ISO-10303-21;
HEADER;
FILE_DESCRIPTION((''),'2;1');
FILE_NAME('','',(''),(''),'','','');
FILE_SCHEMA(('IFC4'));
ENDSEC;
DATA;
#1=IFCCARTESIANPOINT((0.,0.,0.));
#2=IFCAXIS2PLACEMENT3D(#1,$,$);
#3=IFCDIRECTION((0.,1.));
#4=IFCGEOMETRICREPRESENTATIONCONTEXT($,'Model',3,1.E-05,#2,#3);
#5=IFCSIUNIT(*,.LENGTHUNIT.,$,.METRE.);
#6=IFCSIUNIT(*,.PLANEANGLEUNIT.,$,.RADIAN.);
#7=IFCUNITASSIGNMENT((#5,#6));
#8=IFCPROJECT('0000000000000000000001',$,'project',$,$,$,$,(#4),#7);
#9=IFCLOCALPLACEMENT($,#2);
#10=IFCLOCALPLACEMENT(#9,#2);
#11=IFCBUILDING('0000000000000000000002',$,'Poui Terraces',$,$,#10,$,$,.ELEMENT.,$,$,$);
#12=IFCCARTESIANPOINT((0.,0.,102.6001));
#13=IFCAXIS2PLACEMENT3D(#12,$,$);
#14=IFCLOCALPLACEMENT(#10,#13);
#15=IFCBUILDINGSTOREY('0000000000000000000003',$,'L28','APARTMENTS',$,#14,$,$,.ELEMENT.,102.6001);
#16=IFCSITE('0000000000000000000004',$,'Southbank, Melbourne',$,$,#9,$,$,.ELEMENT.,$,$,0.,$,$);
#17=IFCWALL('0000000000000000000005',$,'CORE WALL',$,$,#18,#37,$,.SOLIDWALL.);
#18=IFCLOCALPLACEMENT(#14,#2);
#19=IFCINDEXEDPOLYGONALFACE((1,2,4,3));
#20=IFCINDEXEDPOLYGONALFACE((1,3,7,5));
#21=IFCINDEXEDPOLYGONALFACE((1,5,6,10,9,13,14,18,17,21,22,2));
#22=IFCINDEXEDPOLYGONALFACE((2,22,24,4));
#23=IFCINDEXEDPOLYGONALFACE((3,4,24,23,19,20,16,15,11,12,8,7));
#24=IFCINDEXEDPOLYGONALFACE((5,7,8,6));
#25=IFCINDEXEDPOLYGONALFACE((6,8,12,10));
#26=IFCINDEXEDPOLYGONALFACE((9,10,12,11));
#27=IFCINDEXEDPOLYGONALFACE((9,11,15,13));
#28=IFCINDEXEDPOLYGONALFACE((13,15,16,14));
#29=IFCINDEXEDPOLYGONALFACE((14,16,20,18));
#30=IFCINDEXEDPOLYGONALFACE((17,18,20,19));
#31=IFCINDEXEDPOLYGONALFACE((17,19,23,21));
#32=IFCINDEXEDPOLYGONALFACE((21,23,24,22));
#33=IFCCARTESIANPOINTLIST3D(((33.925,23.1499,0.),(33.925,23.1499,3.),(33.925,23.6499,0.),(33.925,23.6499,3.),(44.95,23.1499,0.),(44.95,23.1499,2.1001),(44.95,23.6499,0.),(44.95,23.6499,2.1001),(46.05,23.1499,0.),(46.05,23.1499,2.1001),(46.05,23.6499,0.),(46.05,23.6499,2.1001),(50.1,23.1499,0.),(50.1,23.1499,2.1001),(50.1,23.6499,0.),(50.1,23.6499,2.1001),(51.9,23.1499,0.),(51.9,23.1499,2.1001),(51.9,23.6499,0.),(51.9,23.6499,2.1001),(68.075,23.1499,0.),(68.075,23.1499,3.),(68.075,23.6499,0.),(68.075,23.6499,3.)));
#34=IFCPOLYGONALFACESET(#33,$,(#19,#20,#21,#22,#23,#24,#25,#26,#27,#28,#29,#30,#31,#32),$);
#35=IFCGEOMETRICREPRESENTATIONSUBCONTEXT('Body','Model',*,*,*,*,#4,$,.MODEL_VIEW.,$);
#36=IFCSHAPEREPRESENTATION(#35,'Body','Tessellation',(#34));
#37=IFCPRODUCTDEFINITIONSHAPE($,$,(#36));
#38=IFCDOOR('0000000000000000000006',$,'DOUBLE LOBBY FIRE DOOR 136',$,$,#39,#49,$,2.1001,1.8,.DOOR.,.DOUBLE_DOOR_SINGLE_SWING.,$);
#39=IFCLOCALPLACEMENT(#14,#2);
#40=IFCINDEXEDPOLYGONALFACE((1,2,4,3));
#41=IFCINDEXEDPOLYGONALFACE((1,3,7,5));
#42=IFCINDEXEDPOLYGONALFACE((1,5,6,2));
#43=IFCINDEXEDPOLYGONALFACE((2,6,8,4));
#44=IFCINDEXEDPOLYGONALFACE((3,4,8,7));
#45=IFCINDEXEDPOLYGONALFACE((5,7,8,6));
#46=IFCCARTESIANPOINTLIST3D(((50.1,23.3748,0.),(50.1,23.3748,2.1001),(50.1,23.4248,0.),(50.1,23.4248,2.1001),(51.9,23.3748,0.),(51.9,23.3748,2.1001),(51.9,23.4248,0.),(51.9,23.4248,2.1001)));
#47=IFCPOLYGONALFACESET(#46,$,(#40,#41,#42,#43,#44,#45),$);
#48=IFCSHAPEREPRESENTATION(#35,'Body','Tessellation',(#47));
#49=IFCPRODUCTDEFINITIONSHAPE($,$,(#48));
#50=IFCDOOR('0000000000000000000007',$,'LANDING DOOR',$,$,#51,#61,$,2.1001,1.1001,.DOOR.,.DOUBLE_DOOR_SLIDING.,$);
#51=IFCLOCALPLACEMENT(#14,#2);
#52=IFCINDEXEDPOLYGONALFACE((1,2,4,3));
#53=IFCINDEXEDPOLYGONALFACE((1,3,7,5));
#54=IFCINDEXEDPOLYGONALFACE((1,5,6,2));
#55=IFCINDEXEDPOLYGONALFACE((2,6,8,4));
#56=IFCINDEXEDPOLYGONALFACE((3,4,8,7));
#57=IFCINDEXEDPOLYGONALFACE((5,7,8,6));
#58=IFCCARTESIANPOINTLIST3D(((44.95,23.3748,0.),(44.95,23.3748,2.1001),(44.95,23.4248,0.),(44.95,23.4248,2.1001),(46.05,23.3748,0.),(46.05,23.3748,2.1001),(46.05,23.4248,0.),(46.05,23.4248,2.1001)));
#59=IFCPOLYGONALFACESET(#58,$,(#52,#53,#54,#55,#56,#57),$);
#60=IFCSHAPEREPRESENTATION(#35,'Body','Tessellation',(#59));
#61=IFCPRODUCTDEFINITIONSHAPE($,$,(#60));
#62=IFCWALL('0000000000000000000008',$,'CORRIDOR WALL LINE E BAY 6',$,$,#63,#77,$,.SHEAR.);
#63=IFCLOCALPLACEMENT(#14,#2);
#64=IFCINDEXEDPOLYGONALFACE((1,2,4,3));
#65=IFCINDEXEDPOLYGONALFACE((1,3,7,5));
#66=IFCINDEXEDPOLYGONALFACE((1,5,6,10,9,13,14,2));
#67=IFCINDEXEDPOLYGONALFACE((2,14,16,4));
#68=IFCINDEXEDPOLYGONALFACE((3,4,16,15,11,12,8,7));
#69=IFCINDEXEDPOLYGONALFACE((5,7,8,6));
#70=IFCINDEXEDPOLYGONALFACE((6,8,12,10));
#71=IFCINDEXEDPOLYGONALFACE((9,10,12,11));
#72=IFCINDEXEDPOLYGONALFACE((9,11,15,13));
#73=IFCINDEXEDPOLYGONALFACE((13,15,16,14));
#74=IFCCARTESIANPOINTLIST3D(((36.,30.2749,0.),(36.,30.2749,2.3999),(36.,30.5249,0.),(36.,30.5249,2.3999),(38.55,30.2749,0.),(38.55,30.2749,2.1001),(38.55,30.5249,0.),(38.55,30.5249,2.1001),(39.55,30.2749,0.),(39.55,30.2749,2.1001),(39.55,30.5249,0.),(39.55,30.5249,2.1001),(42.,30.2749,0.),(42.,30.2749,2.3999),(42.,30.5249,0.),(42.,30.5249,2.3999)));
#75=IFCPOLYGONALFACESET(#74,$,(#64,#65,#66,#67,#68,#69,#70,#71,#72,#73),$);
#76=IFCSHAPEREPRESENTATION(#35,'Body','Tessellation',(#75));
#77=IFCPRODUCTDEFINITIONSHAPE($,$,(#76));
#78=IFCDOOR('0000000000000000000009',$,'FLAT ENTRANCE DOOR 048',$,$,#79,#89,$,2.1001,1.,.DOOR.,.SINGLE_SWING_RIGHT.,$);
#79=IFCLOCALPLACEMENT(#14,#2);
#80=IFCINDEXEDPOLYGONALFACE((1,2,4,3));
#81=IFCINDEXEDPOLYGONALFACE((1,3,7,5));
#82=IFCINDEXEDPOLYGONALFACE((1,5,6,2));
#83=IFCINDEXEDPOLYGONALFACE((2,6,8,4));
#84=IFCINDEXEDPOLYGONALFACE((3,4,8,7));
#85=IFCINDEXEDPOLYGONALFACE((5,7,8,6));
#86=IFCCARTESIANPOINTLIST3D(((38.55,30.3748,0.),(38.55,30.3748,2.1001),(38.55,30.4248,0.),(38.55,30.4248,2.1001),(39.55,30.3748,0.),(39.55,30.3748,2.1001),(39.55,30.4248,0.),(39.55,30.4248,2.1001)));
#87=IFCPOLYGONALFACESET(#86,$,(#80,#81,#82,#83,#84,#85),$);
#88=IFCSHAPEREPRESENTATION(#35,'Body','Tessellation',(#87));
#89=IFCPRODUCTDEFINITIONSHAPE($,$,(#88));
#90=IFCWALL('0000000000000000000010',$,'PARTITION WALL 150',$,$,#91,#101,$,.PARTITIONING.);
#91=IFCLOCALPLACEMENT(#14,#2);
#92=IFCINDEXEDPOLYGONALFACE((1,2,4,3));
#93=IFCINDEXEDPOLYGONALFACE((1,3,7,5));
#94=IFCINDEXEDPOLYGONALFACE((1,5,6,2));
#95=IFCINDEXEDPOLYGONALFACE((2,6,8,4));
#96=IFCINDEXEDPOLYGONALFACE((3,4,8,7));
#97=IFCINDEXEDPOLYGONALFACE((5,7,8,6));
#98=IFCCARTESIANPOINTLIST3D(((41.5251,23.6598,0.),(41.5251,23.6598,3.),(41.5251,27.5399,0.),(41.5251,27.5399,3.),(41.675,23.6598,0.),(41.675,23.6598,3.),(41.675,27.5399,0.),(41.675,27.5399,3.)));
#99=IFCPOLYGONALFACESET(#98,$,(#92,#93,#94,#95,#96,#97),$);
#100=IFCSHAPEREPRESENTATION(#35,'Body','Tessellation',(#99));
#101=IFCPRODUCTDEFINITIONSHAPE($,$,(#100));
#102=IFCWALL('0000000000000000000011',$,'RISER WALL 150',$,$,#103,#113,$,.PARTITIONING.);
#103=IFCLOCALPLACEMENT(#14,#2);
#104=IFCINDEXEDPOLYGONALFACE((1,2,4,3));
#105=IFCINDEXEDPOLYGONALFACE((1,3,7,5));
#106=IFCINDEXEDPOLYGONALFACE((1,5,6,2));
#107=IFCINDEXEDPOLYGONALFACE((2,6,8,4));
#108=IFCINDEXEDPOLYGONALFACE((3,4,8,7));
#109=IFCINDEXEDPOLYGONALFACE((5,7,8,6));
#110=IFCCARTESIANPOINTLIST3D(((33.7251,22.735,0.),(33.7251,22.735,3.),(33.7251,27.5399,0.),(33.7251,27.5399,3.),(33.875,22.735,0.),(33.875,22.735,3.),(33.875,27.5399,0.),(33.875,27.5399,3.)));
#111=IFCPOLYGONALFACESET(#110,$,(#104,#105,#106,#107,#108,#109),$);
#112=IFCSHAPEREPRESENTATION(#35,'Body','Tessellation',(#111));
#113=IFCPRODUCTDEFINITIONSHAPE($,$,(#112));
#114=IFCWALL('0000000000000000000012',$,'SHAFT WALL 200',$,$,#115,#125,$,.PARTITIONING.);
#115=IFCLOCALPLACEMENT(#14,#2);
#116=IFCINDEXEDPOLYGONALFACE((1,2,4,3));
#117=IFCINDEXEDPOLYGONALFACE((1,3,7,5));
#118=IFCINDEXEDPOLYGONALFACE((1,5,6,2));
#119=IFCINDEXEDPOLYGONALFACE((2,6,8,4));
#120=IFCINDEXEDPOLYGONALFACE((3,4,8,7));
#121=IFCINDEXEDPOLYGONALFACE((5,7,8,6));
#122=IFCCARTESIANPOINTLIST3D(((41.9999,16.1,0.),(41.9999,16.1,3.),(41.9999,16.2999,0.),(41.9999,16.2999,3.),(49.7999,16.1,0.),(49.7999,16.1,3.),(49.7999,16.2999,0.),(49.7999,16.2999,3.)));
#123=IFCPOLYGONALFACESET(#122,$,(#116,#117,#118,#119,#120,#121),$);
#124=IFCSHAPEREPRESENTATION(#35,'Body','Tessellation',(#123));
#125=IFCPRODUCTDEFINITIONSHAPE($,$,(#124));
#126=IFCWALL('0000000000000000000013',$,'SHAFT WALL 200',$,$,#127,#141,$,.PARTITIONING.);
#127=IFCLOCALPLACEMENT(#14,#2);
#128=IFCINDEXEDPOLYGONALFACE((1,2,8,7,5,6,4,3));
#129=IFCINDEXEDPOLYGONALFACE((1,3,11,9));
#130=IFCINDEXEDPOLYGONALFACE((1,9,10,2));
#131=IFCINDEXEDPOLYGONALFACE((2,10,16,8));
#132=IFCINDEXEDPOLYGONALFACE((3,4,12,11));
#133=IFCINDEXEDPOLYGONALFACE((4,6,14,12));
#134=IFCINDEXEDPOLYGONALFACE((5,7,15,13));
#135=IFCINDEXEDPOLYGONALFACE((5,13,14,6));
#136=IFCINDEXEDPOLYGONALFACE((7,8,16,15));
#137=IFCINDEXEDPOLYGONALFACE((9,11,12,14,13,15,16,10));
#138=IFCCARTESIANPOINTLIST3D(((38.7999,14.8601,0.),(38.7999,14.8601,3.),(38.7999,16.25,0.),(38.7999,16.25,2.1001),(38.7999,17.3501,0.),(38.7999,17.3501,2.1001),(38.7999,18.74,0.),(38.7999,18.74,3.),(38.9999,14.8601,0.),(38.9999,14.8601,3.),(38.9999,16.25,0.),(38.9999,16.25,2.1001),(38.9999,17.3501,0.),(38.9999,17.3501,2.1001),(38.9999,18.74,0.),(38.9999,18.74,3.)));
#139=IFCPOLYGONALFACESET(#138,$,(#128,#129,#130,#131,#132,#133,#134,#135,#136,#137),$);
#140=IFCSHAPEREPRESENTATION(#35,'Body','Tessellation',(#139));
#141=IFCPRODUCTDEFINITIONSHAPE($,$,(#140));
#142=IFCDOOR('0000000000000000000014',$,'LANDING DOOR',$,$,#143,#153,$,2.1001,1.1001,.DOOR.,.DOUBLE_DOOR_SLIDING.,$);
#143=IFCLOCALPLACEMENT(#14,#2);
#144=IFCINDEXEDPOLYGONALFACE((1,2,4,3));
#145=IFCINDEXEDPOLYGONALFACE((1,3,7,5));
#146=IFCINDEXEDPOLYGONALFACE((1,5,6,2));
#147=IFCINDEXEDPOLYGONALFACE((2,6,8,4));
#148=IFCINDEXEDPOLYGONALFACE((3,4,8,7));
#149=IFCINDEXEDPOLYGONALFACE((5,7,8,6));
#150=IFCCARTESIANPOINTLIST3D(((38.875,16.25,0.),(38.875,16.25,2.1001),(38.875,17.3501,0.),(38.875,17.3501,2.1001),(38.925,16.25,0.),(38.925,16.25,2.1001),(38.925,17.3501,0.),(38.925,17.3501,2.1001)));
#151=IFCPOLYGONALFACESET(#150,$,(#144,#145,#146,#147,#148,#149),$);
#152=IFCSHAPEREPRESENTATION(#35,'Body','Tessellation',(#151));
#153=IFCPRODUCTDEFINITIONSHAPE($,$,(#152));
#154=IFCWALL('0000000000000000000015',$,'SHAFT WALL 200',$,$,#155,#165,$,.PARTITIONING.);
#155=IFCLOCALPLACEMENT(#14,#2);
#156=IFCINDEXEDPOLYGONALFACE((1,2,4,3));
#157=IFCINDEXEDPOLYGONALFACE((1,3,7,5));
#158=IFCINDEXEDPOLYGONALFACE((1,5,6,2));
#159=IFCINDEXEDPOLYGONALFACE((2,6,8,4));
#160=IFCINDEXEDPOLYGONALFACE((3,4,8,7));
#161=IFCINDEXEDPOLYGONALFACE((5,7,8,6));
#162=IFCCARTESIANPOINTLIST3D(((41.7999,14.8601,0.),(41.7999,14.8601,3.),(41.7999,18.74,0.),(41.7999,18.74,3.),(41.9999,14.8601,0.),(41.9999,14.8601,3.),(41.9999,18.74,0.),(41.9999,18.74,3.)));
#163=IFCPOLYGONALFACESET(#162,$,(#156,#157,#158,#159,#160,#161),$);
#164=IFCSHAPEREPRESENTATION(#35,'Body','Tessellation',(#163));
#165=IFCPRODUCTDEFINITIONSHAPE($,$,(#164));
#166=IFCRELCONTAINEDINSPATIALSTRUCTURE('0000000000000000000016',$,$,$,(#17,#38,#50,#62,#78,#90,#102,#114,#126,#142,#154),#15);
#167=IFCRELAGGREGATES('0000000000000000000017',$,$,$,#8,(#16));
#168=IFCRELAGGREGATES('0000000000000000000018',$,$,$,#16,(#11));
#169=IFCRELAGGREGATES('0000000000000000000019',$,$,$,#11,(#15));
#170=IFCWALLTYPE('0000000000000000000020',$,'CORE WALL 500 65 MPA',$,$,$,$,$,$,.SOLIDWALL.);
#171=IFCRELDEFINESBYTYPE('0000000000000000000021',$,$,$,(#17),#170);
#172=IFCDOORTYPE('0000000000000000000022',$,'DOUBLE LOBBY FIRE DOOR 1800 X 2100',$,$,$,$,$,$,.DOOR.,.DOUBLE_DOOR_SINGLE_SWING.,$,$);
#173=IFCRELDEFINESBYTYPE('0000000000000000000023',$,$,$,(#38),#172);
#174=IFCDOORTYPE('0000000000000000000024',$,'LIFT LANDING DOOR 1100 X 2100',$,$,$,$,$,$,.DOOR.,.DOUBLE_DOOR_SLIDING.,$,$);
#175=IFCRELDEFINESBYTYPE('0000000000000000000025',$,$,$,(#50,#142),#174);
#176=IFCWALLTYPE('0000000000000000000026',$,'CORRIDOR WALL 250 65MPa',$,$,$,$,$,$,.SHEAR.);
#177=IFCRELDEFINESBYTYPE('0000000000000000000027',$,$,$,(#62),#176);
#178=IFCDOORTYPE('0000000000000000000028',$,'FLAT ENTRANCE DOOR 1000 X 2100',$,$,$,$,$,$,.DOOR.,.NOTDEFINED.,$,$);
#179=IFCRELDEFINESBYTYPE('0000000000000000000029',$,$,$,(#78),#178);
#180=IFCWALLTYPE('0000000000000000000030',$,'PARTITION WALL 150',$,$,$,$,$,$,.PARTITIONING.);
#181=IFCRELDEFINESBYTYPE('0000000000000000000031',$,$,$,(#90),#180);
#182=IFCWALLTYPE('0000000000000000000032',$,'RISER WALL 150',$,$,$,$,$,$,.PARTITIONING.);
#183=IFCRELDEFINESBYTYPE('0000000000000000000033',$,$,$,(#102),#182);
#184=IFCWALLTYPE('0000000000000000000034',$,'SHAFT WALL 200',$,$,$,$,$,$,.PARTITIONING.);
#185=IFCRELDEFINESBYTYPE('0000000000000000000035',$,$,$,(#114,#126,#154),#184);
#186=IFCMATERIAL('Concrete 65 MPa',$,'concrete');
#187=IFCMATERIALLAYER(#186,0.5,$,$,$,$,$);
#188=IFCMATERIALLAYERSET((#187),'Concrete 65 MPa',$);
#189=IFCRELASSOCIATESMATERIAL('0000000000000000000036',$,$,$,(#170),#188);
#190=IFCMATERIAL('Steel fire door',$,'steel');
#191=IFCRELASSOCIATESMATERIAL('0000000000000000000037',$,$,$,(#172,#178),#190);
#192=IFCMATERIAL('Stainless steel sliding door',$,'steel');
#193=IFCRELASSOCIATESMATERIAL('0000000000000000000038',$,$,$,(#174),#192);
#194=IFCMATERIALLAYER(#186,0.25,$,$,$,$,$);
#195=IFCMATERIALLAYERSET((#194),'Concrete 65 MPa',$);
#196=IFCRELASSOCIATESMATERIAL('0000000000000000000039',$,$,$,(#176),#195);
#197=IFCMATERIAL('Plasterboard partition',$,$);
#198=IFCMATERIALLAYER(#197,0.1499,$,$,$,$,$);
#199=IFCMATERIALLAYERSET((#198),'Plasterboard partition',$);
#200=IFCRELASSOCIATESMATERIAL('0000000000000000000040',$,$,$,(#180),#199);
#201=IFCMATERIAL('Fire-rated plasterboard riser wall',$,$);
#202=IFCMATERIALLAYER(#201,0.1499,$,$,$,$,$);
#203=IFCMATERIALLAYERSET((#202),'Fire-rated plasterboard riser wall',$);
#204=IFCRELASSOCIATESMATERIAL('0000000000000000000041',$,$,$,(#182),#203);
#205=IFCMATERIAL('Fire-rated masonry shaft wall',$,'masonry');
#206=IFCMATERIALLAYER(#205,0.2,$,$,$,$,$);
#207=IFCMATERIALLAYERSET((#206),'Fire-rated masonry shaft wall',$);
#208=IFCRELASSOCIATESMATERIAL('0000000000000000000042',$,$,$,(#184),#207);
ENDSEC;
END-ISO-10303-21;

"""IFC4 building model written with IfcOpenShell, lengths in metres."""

from ifc_helpers import new_model, si_unit, direction, frame, frame_2d, origin, place, context, subcontext, project, spatial, rectangle, extrude, material, layer, layer_set, type_object, element, fill, save


model = new_model("IFC4")

# Units and contexts
model_context = context("Model", 3, precision=1e-05, world=origin(), true_north=direction((0.0, 1.0)))
body_context = subcontext(model_context, "Body", "Model", "MODEL_VIEW")
ifc_project = project(units=[si_unit("LENGTHUNIT", "METRE"), si_unit("PLANEANGLEUNIT", "RADIAN")], contexts=[model_context])

# Site, building, storey
site_placement = place(None, origin())
site = spatial("IfcSite", under=ifc_project, at=site_placement, Name="Southbank, Melbourne", CompositionType="ELEMENT", RefElevation=0.0)
building_placement = place(site_placement, origin())
building = spatial("IfcBuilding", under=site, at=building_placement, Name="Poui Terraces", CompositionType="ELEMENT")
storey_placement = place(building_placement, frame((0.0, 0.0, 102.6001)))
storey = spatial("IfcBuildingStorey", under=building, at=storey_placement, Name="L28", Description="APARTMENTS", CompositionType="ELEMENT", Elevation=102.6001)

# Wall, openings, doors
ifc_material_1 = material(Name="Concrete 65 MPa", Category="concrete")
ifc_layer_1 = layer(ifc_material_1, 0.5)
ifc_layer_set_1 = layer_set([ifc_layer_1], Name="Concrete 65 MPa")
wall_type_1 = type_object("IfcWallType", Name="CORE WALL 500 65 MPA", PredefinedType="SOLIDWALL", material=ifc_layer_set_1)
ifc_material_2 = material(Name="Steel fire door", Category="steel")
door_type_1 = type_object("IfcDoorType", Name="DOUBLE LOBBY FIRE DOOR 1800 X 2100", OperationType="DOUBLE_DOOR_SINGLE_SWING", PredefinedType="DOOR", material=ifc_material_2)
ifc_material_3 = material(Name="Stainless steel sliding door", Category="steel")
door_type_2 = type_object("IfcDoorType", Name="LIFT LANDING DOOR 1100 X 2100", OperationType="DOUBLE_DOOR_SLIDING", PredefinedType="DOOR", material=ifc_material_3)
wall_1_placement = place(storey_placement, frame((33.925, 23.3999, 0.0), z_axis=(0.0, 0.0, 1.0), x_axis=(1.0, 0.0, 0.0)))
wall_1 = element("IfcWall", 1, at=wall_1_placement, inside=storey, type_object=wall_type_1, Name="CORE WALL", PredefinedType="SOLIDWALL", context=body_context, shape_type="SweptSolid", body=[
    extrude(rectangle(XDim=34.1499, YDim=0.5, at=frame_2d((17.075, 0.0))), origin(), (0.0, 0.0, 1.0), 3.0),
])
opening_1_placement = place(wall_1_placement, frame((16.175, 0.0, 0.0)))
opening_1 = element("IfcOpeningElement", 2, at=opening_1_placement, cuts=wall_1, PredefinedType="OPENING", context=body_context, shape_type="SweptSolid", body=[
    extrude(rectangle(XDim=1.8, YDim=2.1001, at=frame_2d((0.8999, 1.05))), frame((0.0, 0.26, 0.0), z_axis=(0.0, -1.0, 0.0), x_axis=(1.0, 0.0, 0.0)), (0.0, 0.0, 1.0), 0.52),
])
opening_2_placement = place(wall_1_placement, frame((11.0249, 0.0, 0.0)))
opening_2 = element("IfcOpeningElement", 3, at=opening_2_placement, cuts=wall_1, PredefinedType="OPENING", context=body_context, shape_type="SweptSolid", body=[
    extrude(rectangle(XDim=1.1001, YDim=2.1001, at=frame_2d((0.55, 1.05))), frame((0.0, 0.26, 0.0), z_axis=(0.0, -1.0, 0.0), x_axis=(1.0, 0.0, 0.0)), (0.0, 0.0, 1.0), 0.52),
])
door_1_placement = place(opening_1_placement, origin())
door_1 = element("IfcDoor", 4, at=door_1_placement, inside=storey, type_object=door_type_1, Name="DOUBLE LOBBY FIRE DOOR 136", OperationType="DOUBLE_DOOR_SINGLE_SWING", OverallHeight=2.1001, OverallWidth=1.8, PredefinedType="DOOR", context=body_context, shape_type="SweptSolid", body=[
    extrude(rectangle(XDim=1.8, YDim=2.1001, at=frame_2d((0.8999, 1.05))), frame((0.0, 0.0249, 0.0), z_axis=(0.0, -1.0, 0.0), x_axis=(1.0, 0.0, 0.0)), (0.0, 0.0, 1.0), 0.05),
])
fill(opening_1, door_1)
door_2_placement = place(opening_2_placement, origin())
door_2 = element("IfcDoor", 5, at=door_2_placement, inside=storey, type_object=door_type_2, Name="LANDING DOOR", OperationType="DOUBLE_DOOR_SLIDING", OverallHeight=2.1001, OverallWidth=1.1001, PredefinedType="DOOR", context=body_context, shape_type="SweptSolid", body=[
    extrude(rectangle(XDim=1.1001, YDim=2.1001, at=frame_2d((0.55, 1.05))), frame((0.0, 0.0249, 0.0), z_axis=(0.0, -1.0, 0.0), x_axis=(1.0, 0.0, 0.0)), (0.0, 0.0, 1.0), 0.05),
])
fill(opening_2, door_2)

# Wall, opening, door
ifc_layer_2 = layer(ifc_material_1, 0.25)
ifc_layer_set_2 = layer_set([ifc_layer_2], Name="Concrete 65 MPa")
wall_type_2 = type_object("IfcWallType", Name="CORRIDOR WALL 250 65MPa", PredefinedType="SHEAR", material=ifc_layer_set_2)
wall_2_placement = place(storey_placement, frame((36.0, 30.3999, 0.0), z_axis=(0.0, 0.0, 1.0), x_axis=(1.0, 0.0, 0.0)))
wall_2 = element("IfcWall", 6, at=wall_2_placement, inside=storey, type_object=wall_type_2, Name="CORRIDOR WALL LINE E BAY 6", PredefinedType="SHEAR", context=body_context, shape_type="SweptSolid", body=[
    extrude(rectangle(XDim=6.0, YDim=0.25, at=frame_2d((3.0, 0.0))), origin(), (0.0, 0.0, 1.0), 2.3999),
])
opening_3_placement = place(wall_2_placement, frame((2.55, 0.0, 0.0)))
opening_3 = element("IfcOpeningElement", 7, at=opening_3_placement, cuts=wall_2, PredefinedType="OPENING", context=body_context, shape_type="SweptSolid", body=[
    extrude(rectangle(XDim=1.0, YDim=2.1001, at=frame_2d((0.5, 1.05))), frame((0.0, 0.135, 0.0), z_axis=(0.0, -1.0, 0.0), x_axis=(1.0, 0.0, 0.0)), (0.0, 0.0, 1.0), 0.27),
])
door_type_3 = type_object("IfcDoorType", Name="FLAT ENTRANCE DOOR 1000 X 2100", OperationType="NOTDEFINED", PredefinedType="DOOR", material=ifc_material_2)
door_3_placement = place(opening_3_placement, origin())
door_3 = element("IfcDoor", 8, at=door_3_placement, inside=storey, type_object=door_type_3, Name="FLAT ENTRANCE DOOR 048", OperationType="SINGLE_SWING_RIGHT", OverallHeight=2.1001, OverallWidth=1.0, PredefinedType="DOOR", context=body_context, shape_type="SweptSolid", body=[
    extrude(rectangle(XDim=1.0, YDim=2.1001, at=frame_2d((0.5, 1.05))), frame((0.0, 0.0249, 0.0), z_axis=(0.0, -1.0, 0.0), x_axis=(1.0, 0.0, 0.0)), (0.0, 0.0, 1.0), 0.05),
])
fill(opening_3, door_3)

# Walls
ifc_material_4 = material(Name="Plasterboard partition")
ifc_layer_3 = layer(ifc_material_4, 0.1499)
ifc_layer_set_3 = layer_set([ifc_layer_3], Name="Plasterboard partition")
wall_type_3 = type_object("IfcWallType", Name="PARTITION WALL 150", PredefinedType="PARTITIONING", material=ifc_layer_set_3)
wall_3_placement = place(storey_placement, frame((41.6001, 23.6599, 0.0), z_axis=(0.0, 0.0, 1.0), x_axis=(0.0, 1.0, 0.0)))
element("IfcWall", 9, at=wall_3_placement, inside=storey, type_object=wall_type_3, Name="PARTITION WALL 150", PredefinedType="PARTITIONING", context=body_context, shape_type="SweptSolid", body=[
    extrude(rectangle(XDim=3.8801, YDim=0.1499, at=frame_2d((1.9399, 0.0))), origin(), (0.0, 0.0, 1.0), 3.0),
])
ifc_material_5 = material(Name="Fire-rated plasterboard riser wall")
ifc_layer_4 = layer(ifc_material_5, 0.1499)
ifc_layer_set_4 = layer_set([ifc_layer_4], Name="Fire-rated plasterboard riser wall")
wall_type_4 = type_object("IfcWallType", Name="RISER WALL 150", PredefinedType="PARTITIONING", material=ifc_layer_set_4)
wall_4_placement = place(storey_placement, frame((33.8, 22.7351, 0.0), z_axis=(0.0, 0.0, 1.0), x_axis=(0.0, 1.0, 0.0)))
element("IfcWall", 10, at=wall_4_placement, inside=storey, type_object=wall_type_4, Name="RISER WALL 150", PredefinedType="PARTITIONING", context=body_context, shape_type="SweptSolid", body=[
    extrude(rectangle(XDim=4.8049, YDim=0.1499, at=frame_2d((2.4023, 0.0))), origin(), (0.0, 0.0, 1.0), 3.0),
])
ifc_material_6 = material(Name="Fire-rated masonry shaft wall", Category="masonry")
ifc_layer_5 = layer(ifc_material_6, 0.2)
ifc_layer_set_5 = layer_set([ifc_layer_5], Name="Fire-rated masonry shaft wall")
wall_type_5 = type_object("IfcWallType", Name="SHAFT WALL 200", PredefinedType="PARTITIONING", material=ifc_layer_set_5)
wall_5_placement = place(storey_placement, frame((42.0, 16.2, 0.0), z_axis=(0.0, 0.0, 1.0), x_axis=(1.0, 0.0, 0.0)))
element("IfcWall", 11, at=wall_5_placement, inside=storey, type_object=wall_type_5, Name="SHAFT WALL 200", PredefinedType="PARTITIONING", context=body_context, shape_type="SweptSolid", body=[
    extrude(rectangle(XDim=7.8, YDim=0.2, at=frame_2d((3.8999, 0.0))), origin(), (0.0, 0.0, 1.0), 3.0),
])

# Wall, opening, door
wall_6_placement = place(storey_placement, frame((38.8999, 14.8601, 0.0), z_axis=(0.0, 0.0, 1.0), x_axis=(0.0, 1.0, 0.0)))
wall_6 = element("IfcWall", 12, at=wall_6_placement, inside=storey, type_object=wall_type_5, Name="SHAFT WALL 200", PredefinedType="PARTITIONING", context=body_context, shape_type="SweptSolid", body=[
    extrude(rectangle(XDim=3.8799, YDim=0.2, at=frame_2d((1.9399, 0.0))), origin(), (0.0, 0.0, 1.0), 3.0),
])
opening_4_placement = place(wall_6_placement, frame((1.3899, 0.0, 0.0)))
opening_4 = element("IfcOpeningElement", 13, at=opening_4_placement, cuts=wall_6, PredefinedType="OPENING", context=body_context, shape_type="SweptSolid", body=[
    extrude(rectangle(XDim=1.1001, YDim=2.1001, at=frame_2d((0.55, 1.05))), frame((0.0, 0.1099, 0.0), z_axis=(0.0, -1.0, 0.0), x_axis=(1.0, 0.0, 0.0)), (0.0, 0.0, 1.0), 0.22),
])
door_4_placement = place(opening_4_placement, origin())
door_4 = element("IfcDoor", 14, at=door_4_placement, inside=storey, type_object=door_type_2, Name="LANDING DOOR", OperationType="DOUBLE_DOOR_SLIDING", OverallHeight=2.1001, OverallWidth=1.1001, PredefinedType="DOOR", context=body_context, shape_type="SweptSolid", body=[
    extrude(rectangle(XDim=1.1001, YDim=2.1001, at=frame_2d((0.55, 1.05))), frame((0.0, 0.0249, 0.0), z_axis=(0.0, -1.0, 0.0), x_axis=(1.0, 0.0, 0.0)), (0.0, 0.0, 1.0), 0.05),
])
fill(opening_4, door_4)

# Wall
wall_7_placement = place(storey_placement, frame((41.8999, 14.8601, 0.0), z_axis=(0.0, 0.0, 1.0), x_axis=(0.0, 1.0, 0.0)))
element("IfcWall", 15, at=wall_7_placement, inside=storey, type_object=wall_type_5, Name="SHAFT WALL 200", PredefinedType="PARTITIONING", context=body_context, shape_type="SweptSolid", body=[
    extrude(rectangle(XDim=3.8799, YDim=0.2, at=frame_2d((1.9399, 0.0))), origin(), (0.0, 0.0, 1.0), 3.0),
])

save(model, "model.ifc")
